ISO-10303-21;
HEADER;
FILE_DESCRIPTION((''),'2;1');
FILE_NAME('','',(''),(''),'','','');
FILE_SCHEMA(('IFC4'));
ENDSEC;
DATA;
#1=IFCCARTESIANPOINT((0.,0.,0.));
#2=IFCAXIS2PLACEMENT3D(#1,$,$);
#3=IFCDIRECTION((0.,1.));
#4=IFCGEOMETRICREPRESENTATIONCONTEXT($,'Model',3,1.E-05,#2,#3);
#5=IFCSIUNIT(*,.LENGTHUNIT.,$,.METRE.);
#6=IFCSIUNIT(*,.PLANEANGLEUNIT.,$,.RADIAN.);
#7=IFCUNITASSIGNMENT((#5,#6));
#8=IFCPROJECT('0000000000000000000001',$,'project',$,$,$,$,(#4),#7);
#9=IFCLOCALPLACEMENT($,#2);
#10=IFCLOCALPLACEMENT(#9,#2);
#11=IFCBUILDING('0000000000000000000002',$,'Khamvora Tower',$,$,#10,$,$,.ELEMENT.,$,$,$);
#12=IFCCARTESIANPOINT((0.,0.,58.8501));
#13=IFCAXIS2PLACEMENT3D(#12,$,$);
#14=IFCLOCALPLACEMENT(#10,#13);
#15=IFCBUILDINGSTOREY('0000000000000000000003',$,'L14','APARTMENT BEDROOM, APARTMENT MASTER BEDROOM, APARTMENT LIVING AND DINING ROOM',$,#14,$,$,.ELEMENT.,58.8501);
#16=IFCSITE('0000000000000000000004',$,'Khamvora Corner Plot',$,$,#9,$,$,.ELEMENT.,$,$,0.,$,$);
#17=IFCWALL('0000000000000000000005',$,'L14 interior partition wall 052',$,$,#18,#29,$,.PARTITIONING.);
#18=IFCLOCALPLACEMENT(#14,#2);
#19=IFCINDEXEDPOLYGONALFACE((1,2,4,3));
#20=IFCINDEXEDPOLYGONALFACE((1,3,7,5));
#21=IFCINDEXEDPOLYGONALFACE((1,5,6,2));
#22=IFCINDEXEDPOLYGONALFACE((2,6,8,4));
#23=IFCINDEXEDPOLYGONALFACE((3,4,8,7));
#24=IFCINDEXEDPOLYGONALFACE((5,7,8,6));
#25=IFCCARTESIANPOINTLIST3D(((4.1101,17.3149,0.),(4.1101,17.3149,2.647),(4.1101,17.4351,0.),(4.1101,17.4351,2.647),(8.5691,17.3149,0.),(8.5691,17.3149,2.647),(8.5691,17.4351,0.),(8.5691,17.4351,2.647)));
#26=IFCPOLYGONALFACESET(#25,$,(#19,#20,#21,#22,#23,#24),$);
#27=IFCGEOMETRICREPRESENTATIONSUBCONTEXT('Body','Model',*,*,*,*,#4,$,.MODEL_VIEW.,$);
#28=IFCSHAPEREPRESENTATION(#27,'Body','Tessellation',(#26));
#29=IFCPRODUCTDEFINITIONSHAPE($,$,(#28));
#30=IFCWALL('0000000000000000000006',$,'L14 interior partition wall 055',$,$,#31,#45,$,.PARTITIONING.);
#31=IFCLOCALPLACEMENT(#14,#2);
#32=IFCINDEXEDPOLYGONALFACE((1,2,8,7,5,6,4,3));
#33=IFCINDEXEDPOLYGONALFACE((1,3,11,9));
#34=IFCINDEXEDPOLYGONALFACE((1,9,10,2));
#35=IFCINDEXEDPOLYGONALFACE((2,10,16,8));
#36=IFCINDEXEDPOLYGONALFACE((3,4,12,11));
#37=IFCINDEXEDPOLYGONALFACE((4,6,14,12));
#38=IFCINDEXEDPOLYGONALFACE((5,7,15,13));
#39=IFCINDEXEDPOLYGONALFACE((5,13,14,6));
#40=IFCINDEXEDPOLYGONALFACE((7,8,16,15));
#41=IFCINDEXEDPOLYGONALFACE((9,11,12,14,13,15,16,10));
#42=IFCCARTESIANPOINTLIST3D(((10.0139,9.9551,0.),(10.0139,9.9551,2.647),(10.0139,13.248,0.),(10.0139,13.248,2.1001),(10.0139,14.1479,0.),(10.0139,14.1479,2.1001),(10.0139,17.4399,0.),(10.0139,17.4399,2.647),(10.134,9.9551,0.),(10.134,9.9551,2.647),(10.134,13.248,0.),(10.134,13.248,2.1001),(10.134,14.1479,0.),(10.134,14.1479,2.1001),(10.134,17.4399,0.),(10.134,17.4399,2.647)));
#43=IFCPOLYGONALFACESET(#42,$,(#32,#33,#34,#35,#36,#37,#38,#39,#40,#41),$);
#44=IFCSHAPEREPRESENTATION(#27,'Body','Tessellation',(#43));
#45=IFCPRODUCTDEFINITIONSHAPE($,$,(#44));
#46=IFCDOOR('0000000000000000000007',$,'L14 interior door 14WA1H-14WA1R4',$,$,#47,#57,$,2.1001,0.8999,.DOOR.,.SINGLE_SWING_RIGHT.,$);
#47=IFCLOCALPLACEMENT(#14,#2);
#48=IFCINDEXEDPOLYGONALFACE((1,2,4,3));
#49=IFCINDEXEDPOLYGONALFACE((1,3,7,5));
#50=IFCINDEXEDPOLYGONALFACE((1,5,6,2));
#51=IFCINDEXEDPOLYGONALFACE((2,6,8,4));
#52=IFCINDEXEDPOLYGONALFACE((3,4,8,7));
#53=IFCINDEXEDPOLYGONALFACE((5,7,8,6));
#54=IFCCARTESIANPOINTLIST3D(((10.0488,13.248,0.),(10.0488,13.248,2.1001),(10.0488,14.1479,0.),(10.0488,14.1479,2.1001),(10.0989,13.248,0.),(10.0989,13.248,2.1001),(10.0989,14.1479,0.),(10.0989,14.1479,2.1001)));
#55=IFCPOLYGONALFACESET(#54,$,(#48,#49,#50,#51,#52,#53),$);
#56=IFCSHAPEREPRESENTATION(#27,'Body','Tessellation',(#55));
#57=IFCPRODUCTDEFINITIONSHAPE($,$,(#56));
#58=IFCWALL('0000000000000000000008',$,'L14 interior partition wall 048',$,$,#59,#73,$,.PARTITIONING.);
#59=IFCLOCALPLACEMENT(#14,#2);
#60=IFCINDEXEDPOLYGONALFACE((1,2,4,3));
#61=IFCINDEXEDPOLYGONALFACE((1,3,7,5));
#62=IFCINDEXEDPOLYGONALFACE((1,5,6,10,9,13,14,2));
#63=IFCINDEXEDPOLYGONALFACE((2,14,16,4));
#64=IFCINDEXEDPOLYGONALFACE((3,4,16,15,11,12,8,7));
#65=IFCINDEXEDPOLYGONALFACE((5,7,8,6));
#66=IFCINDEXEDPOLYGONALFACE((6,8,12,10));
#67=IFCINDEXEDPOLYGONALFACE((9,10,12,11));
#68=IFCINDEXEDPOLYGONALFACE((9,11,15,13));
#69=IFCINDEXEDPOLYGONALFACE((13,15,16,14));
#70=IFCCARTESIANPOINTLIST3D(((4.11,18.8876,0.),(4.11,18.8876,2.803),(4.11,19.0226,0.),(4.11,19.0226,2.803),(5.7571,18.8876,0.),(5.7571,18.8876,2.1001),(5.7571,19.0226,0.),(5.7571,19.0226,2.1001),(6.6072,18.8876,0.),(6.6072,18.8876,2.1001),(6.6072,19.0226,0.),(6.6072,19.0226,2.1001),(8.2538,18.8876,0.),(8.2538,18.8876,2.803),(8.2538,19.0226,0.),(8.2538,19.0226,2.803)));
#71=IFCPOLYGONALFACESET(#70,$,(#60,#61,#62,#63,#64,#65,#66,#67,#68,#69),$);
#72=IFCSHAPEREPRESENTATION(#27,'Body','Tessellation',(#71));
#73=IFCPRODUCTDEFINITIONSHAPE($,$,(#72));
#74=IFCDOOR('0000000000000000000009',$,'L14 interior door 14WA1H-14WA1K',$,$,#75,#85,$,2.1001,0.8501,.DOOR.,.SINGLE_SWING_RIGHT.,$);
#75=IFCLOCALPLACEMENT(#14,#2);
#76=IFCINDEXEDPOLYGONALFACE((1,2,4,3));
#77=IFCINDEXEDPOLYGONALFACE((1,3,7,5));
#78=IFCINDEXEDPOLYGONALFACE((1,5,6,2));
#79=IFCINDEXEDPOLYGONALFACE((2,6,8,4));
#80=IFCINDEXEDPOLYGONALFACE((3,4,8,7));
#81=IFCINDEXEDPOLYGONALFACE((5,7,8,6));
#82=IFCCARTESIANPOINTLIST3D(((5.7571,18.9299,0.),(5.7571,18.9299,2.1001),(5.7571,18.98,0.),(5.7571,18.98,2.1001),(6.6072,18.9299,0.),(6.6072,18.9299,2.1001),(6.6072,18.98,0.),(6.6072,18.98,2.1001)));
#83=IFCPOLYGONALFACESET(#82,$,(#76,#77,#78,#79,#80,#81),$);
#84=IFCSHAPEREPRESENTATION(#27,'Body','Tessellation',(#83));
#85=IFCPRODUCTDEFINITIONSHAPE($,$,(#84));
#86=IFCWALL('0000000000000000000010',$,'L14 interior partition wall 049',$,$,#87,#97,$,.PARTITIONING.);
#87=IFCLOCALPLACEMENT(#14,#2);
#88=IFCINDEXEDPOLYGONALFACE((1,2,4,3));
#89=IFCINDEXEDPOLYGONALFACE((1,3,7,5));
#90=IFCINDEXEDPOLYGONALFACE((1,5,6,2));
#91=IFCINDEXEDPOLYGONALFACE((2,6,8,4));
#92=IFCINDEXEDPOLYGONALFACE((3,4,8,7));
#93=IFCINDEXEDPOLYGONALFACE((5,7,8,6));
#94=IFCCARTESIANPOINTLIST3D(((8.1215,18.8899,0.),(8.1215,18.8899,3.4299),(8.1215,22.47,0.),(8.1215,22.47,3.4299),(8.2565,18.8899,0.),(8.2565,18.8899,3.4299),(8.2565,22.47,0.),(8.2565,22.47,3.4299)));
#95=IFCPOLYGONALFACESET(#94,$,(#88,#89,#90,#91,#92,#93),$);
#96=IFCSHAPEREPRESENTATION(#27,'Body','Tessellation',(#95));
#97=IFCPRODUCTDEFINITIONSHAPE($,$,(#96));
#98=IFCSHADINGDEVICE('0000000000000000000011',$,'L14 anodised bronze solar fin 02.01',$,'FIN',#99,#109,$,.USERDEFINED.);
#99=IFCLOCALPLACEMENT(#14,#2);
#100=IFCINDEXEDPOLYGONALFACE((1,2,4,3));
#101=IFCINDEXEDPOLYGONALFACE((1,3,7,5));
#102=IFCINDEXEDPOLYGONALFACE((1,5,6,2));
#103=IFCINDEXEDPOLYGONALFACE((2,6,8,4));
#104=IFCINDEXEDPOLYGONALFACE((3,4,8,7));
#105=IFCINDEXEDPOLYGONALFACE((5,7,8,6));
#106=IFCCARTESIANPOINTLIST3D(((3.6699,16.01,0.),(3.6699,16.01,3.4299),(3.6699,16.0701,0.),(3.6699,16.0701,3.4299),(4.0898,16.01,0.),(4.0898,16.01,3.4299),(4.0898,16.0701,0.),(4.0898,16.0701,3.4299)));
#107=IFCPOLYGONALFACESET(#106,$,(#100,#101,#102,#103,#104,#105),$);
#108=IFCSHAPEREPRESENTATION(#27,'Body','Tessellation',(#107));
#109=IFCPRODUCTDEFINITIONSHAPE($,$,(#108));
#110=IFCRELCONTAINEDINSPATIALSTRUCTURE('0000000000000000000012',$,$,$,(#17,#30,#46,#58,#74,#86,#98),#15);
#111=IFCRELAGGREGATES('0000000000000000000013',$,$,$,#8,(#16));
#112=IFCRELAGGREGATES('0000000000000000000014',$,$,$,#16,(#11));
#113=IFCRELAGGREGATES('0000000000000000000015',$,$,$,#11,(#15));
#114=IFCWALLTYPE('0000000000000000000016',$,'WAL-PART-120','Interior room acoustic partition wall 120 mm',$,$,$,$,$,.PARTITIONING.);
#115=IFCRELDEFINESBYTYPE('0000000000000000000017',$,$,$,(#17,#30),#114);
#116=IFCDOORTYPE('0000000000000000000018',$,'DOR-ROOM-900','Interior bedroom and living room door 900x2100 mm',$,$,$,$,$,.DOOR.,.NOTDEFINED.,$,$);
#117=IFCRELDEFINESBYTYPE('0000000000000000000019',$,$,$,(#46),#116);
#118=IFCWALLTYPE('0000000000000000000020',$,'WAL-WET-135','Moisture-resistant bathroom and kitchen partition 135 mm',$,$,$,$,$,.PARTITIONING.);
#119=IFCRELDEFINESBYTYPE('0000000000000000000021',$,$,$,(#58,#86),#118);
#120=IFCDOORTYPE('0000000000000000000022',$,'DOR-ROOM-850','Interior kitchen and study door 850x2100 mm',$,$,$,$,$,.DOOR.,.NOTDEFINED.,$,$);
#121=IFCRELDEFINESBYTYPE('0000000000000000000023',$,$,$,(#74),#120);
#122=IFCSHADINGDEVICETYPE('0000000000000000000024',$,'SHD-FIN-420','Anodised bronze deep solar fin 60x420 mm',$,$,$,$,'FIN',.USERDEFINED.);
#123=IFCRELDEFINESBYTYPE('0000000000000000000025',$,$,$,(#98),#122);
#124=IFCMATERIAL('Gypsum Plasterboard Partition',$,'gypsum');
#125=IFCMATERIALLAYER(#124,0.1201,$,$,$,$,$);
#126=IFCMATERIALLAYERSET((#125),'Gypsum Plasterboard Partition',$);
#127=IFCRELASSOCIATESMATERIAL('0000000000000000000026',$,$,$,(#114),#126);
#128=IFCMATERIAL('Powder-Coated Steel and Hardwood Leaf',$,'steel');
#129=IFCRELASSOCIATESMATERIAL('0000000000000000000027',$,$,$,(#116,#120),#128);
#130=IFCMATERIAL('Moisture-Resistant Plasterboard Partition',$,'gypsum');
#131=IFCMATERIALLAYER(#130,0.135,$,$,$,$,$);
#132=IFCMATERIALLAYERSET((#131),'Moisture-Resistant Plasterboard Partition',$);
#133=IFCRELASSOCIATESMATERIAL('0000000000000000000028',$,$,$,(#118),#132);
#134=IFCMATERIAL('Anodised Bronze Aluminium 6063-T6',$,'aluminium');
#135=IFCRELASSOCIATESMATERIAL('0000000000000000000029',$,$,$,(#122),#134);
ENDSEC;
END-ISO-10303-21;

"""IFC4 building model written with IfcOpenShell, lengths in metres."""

from ifc_helpers import new_model, si_unit, direction, frame, frame_2d, origin, origin_2d, place, context, subcontext, project, spatial, rectangle, extrude, material, layer, layer_set, type_object, element, fill, save


model = new_model("IFC4")

# Units and contexts
model_context = context("Model", 3, precision=1e-05, world=origin(), true_north=direction((0.0, 1.0)))
body_context = subcontext(model_context, "Body", "Model", "MODEL_VIEW")
ifc_project = project(units=[si_unit("LENGTHUNIT", "METRE"), si_unit("PLANEANGLEUNIT", "RADIAN")], contexts=[model_context])

# Site, building, storey
site_placement = place(None, origin())
site = spatial("IfcSite", under=ifc_project, at=site_placement, Name="Khamvora Corner Plot", CompositionType="ELEMENT", RefElevation=0.0)
building_placement = place(site_placement, origin())
building = spatial("IfcBuilding", under=site, at=building_placement, Name="Khamvora Tower", CompositionType="ELEMENT")
storey_placement = place(building_placement, frame((0.0, 0.0, 58.8501)))
storey = spatial("IfcBuildingStorey", under=building, at=storey_placement, Name="L14", Description="APARTMENT BEDROOM, APARTMENT MASTER BEDROOM, APARTMENT LIVING AND DINING ROOM", CompositionType="ELEMENT", Elevation=58.8501)

# Wall
ifc_material_1 = material(Name="Gypsum Plasterboard Partition", Category="gypsum")
ifc_layer_1 = layer(ifc_material_1, 0.1201)
ifc_layer_set_1 = layer_set([ifc_layer_1], Name="Gypsum Plasterboard Partition")
wall_type_1 = type_object("IfcWallType", Name="WAL-PART-120", Description="Interior room acoustic partition wall 120 mm", PredefinedType="PARTITIONING", material=ifc_layer_set_1)
wall_1_placement = place(storey_placement, frame((8.5691, 17.375, 0.0), z_axis=(0.0, 0.0, 1.0), x_axis=(-1.0, 0.0, 0.0)))
element("IfcWall", 1, at=wall_1_placement, inside=storey, type_object=wall_type_1, Name="L14 interior partition wall 052", PredefinedType="PARTITIONING", context=body_context, shape_type="SweptSolid", body=[
    extrude(rectangle(XDim=4.459, YDim=0.1201, at=frame_2d((2.2295, 0.0))), origin(), (0.0, 0.0, 1.0), 2.647),
])

# Walls, openings, doors
wall_2_placement = place(storey_placement, frame((10.074, 17.4399, 0.0), z_axis=(0.0, 0.0, 1.0), x_axis=(0.0, -1.0, 0.0)))
wall_2 = element("IfcWall", 2, at=wall_2_placement, inside=storey, type_object=wall_type_1, Name="L14 interior partition wall 055", PredefinedType="PARTITIONING", context=body_context, shape_type="SweptSolid", body=[
    extrude(rectangle(XDim=7.4849, YDim=0.1201, at=frame_2d((3.7424, 0.0))), origin(), (0.0, 0.0, 1.0), 2.647),
])
opening_1_placement = place(wall_2_placement, frame((3.292, 0.0, 0.0)))
opening_1 = element("IfcOpeningElement", 3, at=opening_1_placement, cuts=wall_2, PredefinedType="OPENING", context=body_context, shape_type="SweptSolid", body=[
    extrude(rectangle(XDim=0.8999, YDim=2.1001, at=frame_2d((0.45, 1.05))), frame((0.0, 0.0701, 0.0), z_axis=(0.0, -1.0, 0.0), x_axis=(1.0, 0.0, 0.0)), (0.0, 0.0, 1.0), 0.1401),
])
ifc_material_2 = material(Name="Powder-Coated Steel and Hardwood Leaf", Category="steel")
door_type_1 = type_object("IfcDoorType", Name="DOR-ROOM-900", Description="Interior bedroom and living room door 900x2100 mm", OperationType="NOTDEFINED", PredefinedType="DOOR", material=ifc_material_2)
door_1_placement = place(opening_1_placement, origin())
door_1 = element("IfcDoor", 4, at=door_1_placement, inside=storey, type_object=door_type_1, Name="L14 interior door 14WA1H-14WA1R4", OperationType="SINGLE_SWING_RIGHT", OverallHeight=2.1001, OverallWidth=0.8999, PredefinedType="DOOR", context=body_context, shape_type="SweptSolid", body=[
    extrude(rectangle(XDim=0.8999, YDim=2.1001, at=frame_2d((0.45, 1.05))), frame((0.0, 0.0249, 0.0), z_axis=(0.0, -1.0, 0.0), x_axis=(1.0, 0.0, 0.0)), (0.0, 0.0, 1.0), 0.05),
])
fill(opening_1, door_1)
ifc_material_3 = material(Name="Moisture-Resistant Plasterboard Partition", Category="gypsum")
ifc_layer_2 = layer(ifc_material_3, 0.135)
ifc_layer_set_2 = layer_set([ifc_layer_2], Name="Moisture-Resistant Plasterboard Partition")
wall_type_2 = type_object("IfcWallType", Name="WAL-WET-135", Description="Moisture-resistant bathroom and kitchen partition 135 mm", PredefinedType="PARTITIONING", material=ifc_layer_set_2)
wall_3_placement = place(storey_placement, frame((4.1101, 18.9551, 0.0), z_axis=(0.0, 0.0, 1.0), x_axis=(1.0, 0.0, 0.0)))
wall_3 = element("IfcWall", 5, at=wall_3_placement, inside=storey, type_object=wall_type_2, Name="L14 interior partition wall 048", PredefinedType="PARTITIONING", context=body_context, shape_type="SweptSolid", body=[
    extrude(rectangle(XDim=4.1438, YDim=0.135, at=frame_2d((2.0718, 0.0))), origin(), (0.0, 0.0, 1.0), 2.803),
])
opening_2_placement = place(wall_3_placement, frame((1.647, 0.0, 0.0)))
opening_2 = element("IfcOpeningElement", 6, at=opening_2_placement, cuts=wall_3, PredefinedType="OPENING", context=body_context, shape_type="SweptSolid", body=[
    extrude(rectangle(XDim=0.8501, YDim=2.1001, at=frame_2d((0.425, 1.05))), frame((0.0, 0.0774, 0.0), z_axis=(0.0, -1.0, 0.0), x_axis=(1.0, 0.0, 0.0)), (0.0, 0.0, 1.0), 0.155),
])
door_type_2 = type_object("IfcDoorType", Name="DOR-ROOM-850", Description="Interior kitchen and study door 850x2100 mm", OperationType="NOTDEFINED", PredefinedType="DOOR", material=ifc_material_2)
door_2_placement = place(opening_2_placement, origin())
door_2 = element("IfcDoor", 7, at=door_2_placement, inside=storey, type_object=door_type_2, Name="L14 interior door 14WA1H-14WA1K", OperationType="SINGLE_SWING_RIGHT", OverallHeight=2.1001, OverallWidth=0.8501, PredefinedType="DOOR", context=body_context, shape_type="SweptSolid", body=[
    extrude(rectangle(XDim=0.8501, YDim=2.1001, at=frame_2d((0.425, 1.05))), frame((0.0, 0.0249, 0.0), z_axis=(0.0, -1.0, 0.0), x_axis=(1.0, 0.0, 0.0)), (0.0, 0.0, 1.0), 0.05),
])
fill(opening_2, door_2)

# Wall
wall_4_placement = place(storey_placement, frame((8.189, 18.8899, 0.0), z_axis=(0.0, 0.0, 1.0), x_axis=(0.0, 1.0, 0.0)))
element("IfcWall", 8, at=wall_4_placement, inside=storey, type_object=wall_type_2, Name="L14 interior partition wall 049", PredefinedType="PARTITIONING", context=body_context, shape_type="SweptSolid", body=[
    extrude(rectangle(XDim=3.5801, YDim=0.135, at=frame_2d((1.79, 0.0))), origin(), (0.0, 0.0, 1.0), 3.4299),
])

# Shading device
ifc_material_4 = material(Name="Anodised Bronze Aluminium 6063-T6", Category="aluminium")
shading_device_type = type_object("IfcShadingDeviceType", Name="SHD-FIN-420", Description="Anodised bronze deep solar fin 60x420 mm", ElementType="FIN", PredefinedType="USERDEFINED", material=ifc_material_4)
shading_device_placement = place(storey_placement, frame((3.8799, 16.04, 0.0), z_axis=(0.0, 0.0, 1.0), x_axis=(0.0, 1.0, 0.0)))
element("IfcShadingDevice", 9, at=shading_device_placement, inside=storey, type_object=shading_device_type, Name="L14 anodised bronze solar fin 02.01", ObjectType="FIN", PredefinedType="USERDEFINED", context=body_context, shape_type="SweptSolid", body=[
    extrude(rectangle(XDim=0.0601, YDim=0.4199, at=origin_2d()), origin(), (0.0, 0.0, 1.0), 3.4299),
])

save(model, "model.ifc")
